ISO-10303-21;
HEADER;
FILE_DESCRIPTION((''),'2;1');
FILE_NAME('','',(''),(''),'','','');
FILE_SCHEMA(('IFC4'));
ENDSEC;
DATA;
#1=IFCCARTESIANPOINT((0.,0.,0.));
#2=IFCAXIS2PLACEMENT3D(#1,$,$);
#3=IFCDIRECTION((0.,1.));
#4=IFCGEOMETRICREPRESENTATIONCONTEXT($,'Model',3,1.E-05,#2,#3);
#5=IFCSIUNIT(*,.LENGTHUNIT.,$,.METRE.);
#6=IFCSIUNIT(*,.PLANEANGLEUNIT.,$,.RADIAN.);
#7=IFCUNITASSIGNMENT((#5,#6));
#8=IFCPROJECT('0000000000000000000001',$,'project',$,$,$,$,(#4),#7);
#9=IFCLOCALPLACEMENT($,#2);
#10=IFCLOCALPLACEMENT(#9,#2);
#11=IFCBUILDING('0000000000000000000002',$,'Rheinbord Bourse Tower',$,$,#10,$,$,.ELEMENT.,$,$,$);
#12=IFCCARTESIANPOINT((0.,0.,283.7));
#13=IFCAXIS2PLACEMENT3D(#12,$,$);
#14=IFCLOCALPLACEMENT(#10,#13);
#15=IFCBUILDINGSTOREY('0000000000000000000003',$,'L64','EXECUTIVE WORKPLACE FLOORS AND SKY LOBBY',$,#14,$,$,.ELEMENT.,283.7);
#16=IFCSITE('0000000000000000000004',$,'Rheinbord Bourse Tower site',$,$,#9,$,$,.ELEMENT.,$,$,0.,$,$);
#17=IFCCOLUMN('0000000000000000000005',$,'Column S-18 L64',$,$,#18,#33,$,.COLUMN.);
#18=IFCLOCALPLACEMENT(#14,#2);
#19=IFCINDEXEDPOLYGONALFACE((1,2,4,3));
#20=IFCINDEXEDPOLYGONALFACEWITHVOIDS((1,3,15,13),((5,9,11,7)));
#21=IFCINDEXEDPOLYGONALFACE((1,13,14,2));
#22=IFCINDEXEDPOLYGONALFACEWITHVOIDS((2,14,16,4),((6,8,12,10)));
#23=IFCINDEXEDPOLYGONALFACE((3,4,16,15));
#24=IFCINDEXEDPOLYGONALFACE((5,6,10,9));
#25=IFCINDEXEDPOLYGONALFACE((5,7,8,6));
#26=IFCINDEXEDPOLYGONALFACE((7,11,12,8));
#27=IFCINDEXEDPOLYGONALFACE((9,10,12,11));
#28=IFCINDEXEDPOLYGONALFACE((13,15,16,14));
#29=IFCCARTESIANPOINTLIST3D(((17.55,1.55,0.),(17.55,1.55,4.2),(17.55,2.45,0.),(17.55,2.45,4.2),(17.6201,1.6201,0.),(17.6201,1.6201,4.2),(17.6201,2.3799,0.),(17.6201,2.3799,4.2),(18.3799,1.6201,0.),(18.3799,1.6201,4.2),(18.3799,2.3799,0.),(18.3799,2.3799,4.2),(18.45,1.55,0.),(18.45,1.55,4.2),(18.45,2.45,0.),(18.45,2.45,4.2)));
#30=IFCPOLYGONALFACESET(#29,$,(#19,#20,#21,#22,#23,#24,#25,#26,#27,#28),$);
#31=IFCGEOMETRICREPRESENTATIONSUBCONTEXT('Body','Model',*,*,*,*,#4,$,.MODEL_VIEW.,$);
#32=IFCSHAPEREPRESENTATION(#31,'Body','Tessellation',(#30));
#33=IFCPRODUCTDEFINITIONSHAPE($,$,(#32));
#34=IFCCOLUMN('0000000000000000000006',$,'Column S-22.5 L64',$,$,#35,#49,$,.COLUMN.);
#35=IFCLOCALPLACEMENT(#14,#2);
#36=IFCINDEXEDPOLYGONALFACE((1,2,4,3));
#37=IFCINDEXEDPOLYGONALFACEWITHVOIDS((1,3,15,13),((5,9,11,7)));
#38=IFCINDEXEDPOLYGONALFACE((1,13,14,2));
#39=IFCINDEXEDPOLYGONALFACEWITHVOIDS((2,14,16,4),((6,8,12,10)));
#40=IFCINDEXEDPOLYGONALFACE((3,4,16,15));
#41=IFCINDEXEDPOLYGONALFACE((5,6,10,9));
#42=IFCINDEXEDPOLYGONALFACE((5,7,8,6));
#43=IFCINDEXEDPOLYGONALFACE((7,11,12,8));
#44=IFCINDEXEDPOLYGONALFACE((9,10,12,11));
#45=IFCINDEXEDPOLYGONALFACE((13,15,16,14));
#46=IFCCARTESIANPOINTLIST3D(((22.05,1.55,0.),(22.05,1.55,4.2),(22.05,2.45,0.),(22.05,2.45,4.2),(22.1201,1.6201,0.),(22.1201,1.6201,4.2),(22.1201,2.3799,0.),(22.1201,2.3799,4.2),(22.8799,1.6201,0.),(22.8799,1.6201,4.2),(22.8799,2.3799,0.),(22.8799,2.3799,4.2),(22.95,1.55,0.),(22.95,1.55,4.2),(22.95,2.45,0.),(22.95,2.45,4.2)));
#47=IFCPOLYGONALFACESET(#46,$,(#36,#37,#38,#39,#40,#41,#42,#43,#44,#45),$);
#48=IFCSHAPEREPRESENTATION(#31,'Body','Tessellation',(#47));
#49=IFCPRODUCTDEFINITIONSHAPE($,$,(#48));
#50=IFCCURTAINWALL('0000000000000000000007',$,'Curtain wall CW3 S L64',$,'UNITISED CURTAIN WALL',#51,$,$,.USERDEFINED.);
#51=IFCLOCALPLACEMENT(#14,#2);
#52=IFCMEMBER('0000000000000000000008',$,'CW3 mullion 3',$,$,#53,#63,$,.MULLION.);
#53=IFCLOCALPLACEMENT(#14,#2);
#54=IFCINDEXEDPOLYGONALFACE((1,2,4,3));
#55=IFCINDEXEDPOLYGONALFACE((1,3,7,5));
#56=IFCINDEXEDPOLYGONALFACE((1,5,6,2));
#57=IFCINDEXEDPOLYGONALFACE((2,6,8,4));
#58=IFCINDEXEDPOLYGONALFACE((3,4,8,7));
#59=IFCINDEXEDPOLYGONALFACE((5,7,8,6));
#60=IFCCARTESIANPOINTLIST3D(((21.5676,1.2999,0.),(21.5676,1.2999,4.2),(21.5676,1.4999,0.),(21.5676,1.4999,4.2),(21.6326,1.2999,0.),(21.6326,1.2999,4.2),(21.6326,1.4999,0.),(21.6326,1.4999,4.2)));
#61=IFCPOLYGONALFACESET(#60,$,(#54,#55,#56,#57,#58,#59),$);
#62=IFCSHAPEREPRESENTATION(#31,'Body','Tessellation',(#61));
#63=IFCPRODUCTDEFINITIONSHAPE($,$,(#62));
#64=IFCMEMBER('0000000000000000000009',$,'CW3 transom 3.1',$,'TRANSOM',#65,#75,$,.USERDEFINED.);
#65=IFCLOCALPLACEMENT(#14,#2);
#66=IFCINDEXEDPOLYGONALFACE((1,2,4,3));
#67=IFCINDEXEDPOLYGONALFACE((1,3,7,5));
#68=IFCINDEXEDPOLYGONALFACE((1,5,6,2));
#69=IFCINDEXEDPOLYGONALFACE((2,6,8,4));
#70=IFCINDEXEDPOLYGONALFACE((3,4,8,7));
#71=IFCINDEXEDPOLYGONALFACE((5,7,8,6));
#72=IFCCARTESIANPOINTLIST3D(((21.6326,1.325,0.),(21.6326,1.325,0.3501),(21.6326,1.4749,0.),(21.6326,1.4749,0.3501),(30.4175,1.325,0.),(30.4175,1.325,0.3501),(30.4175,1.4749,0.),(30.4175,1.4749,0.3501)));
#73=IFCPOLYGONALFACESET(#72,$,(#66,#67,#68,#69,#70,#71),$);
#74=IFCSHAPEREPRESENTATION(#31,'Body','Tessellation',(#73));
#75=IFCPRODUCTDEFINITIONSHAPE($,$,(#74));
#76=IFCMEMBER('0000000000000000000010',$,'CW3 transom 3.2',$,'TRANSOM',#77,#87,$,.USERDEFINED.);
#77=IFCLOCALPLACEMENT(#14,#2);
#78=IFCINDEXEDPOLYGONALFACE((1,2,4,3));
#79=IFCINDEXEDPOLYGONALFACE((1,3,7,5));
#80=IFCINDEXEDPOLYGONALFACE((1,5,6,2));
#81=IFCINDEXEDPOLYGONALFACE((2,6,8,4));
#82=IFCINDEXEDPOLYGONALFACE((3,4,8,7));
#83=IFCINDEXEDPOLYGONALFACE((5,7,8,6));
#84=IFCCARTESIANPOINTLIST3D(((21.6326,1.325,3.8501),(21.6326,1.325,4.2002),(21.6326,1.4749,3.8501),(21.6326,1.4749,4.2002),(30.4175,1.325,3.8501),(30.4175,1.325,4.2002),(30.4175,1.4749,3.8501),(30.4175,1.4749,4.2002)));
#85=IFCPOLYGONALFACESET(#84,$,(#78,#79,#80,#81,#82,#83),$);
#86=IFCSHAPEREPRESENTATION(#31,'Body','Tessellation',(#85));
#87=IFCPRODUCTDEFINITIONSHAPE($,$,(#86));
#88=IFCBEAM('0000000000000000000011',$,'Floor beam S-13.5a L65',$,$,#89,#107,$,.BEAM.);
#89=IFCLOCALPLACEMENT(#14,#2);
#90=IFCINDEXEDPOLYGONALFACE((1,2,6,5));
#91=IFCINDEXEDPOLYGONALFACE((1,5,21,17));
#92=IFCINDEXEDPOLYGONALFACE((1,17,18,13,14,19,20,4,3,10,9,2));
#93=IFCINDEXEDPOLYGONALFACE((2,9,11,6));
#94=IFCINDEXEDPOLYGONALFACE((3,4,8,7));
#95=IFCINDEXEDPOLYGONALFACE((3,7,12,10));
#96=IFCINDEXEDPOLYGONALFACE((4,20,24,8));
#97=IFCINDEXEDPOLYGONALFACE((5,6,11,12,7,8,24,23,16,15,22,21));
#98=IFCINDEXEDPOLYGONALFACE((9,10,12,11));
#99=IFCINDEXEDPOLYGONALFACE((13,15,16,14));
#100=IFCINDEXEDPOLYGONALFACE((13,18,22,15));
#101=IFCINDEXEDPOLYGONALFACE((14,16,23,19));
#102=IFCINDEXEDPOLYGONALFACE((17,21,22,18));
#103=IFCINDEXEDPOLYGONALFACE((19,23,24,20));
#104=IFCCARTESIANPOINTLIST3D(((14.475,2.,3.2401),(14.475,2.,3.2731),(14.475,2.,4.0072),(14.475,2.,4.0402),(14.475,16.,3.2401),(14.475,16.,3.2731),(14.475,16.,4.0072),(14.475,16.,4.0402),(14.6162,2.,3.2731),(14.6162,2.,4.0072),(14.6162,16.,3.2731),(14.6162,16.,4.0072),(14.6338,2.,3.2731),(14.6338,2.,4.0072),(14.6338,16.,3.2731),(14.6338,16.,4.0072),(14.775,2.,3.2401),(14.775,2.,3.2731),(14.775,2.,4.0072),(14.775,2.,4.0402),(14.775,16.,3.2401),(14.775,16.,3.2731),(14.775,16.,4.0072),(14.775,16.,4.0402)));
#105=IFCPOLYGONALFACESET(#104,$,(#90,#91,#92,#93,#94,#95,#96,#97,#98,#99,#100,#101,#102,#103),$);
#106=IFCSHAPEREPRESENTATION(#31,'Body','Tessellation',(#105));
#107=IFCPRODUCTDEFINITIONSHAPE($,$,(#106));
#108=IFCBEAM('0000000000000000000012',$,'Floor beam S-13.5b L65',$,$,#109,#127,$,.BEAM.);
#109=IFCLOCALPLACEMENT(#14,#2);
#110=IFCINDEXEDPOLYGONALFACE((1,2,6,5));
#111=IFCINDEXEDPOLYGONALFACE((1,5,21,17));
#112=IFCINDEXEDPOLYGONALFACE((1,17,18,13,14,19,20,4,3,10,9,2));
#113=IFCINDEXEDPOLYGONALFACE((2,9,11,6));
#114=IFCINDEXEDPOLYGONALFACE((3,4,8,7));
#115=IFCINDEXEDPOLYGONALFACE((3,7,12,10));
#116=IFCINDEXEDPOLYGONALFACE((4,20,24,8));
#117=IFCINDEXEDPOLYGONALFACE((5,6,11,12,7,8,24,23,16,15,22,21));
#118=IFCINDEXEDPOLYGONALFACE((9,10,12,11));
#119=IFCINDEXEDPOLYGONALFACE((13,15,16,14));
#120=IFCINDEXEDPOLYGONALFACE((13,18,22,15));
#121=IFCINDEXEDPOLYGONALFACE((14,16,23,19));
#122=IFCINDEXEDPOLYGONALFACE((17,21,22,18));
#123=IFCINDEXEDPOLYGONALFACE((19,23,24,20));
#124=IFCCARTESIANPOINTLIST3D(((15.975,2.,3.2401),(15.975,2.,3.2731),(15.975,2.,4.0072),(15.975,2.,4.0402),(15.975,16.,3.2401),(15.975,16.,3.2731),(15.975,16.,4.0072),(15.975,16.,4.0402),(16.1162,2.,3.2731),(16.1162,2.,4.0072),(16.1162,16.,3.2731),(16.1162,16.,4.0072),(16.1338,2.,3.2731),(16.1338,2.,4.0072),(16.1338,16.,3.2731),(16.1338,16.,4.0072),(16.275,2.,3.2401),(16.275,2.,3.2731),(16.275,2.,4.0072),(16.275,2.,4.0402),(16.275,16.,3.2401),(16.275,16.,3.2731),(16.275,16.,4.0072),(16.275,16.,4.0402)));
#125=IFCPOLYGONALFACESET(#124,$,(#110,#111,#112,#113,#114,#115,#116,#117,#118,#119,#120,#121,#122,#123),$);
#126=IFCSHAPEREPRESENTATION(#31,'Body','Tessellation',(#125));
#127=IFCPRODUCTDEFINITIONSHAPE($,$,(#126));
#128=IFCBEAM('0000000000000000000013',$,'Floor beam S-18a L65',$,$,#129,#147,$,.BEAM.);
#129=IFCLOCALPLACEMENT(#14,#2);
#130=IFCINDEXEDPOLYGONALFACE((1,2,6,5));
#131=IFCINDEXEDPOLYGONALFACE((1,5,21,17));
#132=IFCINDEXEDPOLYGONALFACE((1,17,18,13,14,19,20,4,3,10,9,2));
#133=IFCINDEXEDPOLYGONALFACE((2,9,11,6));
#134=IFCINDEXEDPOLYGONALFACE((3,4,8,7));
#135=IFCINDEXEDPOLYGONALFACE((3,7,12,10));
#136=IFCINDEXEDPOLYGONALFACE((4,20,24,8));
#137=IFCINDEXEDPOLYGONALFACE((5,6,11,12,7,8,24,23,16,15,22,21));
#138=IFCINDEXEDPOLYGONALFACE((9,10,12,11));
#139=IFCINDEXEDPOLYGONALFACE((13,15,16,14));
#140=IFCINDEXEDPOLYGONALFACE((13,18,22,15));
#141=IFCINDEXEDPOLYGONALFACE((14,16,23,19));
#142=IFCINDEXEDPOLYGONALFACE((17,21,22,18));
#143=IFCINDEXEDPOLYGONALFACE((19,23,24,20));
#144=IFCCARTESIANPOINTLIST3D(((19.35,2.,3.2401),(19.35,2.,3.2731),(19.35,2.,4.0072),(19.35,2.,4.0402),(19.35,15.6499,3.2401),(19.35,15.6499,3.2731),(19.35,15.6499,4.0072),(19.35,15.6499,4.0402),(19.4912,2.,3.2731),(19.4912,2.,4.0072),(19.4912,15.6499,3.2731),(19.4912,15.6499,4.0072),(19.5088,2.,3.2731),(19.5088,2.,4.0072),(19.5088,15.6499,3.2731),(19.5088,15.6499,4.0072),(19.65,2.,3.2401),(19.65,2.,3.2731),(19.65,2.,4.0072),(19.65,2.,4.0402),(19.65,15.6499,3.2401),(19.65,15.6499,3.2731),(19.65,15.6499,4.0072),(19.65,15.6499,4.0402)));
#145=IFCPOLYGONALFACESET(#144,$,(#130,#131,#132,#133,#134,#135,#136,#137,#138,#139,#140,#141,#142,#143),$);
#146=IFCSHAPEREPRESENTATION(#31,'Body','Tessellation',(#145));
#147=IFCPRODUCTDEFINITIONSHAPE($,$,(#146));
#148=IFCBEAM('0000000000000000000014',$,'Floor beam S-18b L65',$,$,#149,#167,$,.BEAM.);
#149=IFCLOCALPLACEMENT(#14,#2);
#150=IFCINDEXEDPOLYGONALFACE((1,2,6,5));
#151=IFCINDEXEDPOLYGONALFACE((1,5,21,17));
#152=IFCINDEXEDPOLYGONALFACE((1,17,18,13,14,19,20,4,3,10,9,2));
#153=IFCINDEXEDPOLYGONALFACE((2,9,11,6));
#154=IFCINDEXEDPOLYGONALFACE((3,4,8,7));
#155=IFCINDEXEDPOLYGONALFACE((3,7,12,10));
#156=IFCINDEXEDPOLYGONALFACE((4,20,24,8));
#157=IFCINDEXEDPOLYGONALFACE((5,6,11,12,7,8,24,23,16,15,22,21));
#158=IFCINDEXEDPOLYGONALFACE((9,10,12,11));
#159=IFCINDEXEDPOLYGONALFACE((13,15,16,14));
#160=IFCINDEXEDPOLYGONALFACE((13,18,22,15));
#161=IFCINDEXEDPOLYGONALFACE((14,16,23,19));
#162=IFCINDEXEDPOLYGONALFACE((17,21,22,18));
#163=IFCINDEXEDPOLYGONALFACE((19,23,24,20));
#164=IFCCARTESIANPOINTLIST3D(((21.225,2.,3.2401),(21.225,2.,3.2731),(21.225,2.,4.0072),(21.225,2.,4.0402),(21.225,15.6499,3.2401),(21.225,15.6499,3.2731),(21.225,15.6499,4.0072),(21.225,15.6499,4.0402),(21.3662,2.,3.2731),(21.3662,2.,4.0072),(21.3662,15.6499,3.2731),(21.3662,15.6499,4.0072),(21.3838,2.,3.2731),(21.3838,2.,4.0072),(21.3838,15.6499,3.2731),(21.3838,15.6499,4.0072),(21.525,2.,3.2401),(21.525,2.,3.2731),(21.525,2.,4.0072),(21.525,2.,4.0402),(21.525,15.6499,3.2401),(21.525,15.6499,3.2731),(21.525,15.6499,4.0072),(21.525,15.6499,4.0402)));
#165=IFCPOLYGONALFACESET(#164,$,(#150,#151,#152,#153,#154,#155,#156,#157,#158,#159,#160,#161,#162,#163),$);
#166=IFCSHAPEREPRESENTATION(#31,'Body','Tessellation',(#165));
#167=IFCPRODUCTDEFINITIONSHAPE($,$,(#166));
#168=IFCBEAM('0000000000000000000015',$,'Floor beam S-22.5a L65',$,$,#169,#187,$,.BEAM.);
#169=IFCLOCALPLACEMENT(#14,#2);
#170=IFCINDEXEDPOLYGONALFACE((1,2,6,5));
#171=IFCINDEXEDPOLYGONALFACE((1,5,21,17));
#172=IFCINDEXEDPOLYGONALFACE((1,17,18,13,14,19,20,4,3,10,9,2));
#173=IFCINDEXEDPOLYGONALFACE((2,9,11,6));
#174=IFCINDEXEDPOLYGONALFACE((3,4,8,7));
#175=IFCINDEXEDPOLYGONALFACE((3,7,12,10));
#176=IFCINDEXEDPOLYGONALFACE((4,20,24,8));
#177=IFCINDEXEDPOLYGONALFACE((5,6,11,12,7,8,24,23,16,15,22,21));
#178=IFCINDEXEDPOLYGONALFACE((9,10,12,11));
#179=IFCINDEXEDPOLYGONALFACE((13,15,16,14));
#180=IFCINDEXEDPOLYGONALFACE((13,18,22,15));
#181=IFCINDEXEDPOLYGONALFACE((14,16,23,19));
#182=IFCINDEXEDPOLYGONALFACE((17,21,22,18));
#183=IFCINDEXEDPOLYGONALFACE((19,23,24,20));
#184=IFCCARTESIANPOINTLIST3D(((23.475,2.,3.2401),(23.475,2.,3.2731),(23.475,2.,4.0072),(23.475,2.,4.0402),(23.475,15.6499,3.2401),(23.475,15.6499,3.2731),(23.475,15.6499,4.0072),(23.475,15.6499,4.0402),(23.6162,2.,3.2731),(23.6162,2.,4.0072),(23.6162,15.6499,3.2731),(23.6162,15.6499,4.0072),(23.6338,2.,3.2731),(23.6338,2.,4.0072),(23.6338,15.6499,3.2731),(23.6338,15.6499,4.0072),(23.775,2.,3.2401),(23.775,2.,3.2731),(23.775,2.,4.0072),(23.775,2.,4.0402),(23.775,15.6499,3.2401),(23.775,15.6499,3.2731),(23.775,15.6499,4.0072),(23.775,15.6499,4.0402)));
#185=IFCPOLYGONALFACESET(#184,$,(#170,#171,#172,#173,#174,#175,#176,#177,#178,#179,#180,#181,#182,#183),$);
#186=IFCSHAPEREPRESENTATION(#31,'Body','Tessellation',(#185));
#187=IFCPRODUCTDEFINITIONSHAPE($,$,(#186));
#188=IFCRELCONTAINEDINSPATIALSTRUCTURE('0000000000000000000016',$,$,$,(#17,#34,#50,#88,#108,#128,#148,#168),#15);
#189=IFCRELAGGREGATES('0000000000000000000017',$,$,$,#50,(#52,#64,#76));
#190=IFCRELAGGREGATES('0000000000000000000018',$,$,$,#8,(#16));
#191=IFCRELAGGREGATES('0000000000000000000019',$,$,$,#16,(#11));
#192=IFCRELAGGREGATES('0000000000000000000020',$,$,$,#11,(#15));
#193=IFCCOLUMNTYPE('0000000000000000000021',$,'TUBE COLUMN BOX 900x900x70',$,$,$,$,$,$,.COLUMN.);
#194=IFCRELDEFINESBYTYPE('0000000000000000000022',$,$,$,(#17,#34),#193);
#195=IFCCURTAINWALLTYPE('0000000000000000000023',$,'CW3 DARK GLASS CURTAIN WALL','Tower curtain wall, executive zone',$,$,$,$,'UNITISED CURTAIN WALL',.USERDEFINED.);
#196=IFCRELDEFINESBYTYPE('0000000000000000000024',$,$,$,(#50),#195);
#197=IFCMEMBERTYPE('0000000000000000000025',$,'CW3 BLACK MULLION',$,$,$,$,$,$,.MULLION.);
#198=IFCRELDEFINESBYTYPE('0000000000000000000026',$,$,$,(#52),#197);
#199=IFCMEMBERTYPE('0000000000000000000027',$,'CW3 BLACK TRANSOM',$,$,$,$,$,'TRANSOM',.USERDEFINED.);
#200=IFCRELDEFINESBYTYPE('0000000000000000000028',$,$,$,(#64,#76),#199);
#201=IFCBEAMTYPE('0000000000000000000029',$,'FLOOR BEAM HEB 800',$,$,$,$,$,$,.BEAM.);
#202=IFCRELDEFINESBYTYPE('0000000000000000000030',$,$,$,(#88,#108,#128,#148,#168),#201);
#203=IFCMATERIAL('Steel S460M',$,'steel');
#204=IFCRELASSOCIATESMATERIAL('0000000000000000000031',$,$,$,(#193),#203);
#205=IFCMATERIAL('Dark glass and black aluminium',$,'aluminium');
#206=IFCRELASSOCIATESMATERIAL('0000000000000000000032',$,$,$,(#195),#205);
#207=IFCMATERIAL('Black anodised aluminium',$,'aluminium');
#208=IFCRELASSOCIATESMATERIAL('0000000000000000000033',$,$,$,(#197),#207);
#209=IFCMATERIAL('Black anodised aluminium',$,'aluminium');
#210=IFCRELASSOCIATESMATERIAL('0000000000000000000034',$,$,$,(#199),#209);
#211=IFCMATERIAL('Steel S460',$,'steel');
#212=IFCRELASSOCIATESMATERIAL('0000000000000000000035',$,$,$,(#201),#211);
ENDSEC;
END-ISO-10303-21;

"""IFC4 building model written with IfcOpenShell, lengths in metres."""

from ifc_helpers import new_model, si_unit, direction, frame, origin, origin_2d, place, context, subcontext, project, spatial, rectangle, hollow_rectangle, i_section, extrude, material, material_profile, profile_set, type_object, element, aggregate, save


model = new_model("IFC4")

# Units and contexts
model_context = context("Model", 3, precision=1e-05, world=origin(), true_north=direction((0.0, 1.0)))
body_context = subcontext(model_context, "Body", "Model", "MODEL_VIEW")
ifc_project = project(units=[si_unit("LENGTHUNIT", "METRE"), si_unit("PLANEANGLEUNIT", "RADIAN")], contexts=[model_context])

# Site, building, storey
site_placement = place(None, origin())
site = spatial("IfcSite", under=ifc_project, at=site_placement, Name="Rheinbord Bourse Tower site", CompositionType="ELEMENT", RefElevation=0.0)
building_placement = place(site_placement, origin())
building = spatial("IfcBuilding", under=site, at=building_placement, Name="Rheinbord Bourse Tower", CompositionType="ELEMENT")
storey_placement = place(building_placement, frame((0.0, 0.0, 283.7)))
storey = spatial("IfcBuildingStorey", under=building, at=storey_placement, Name="L64", Description="EXECUTIVE WORKPLACE FLOORS AND SKY LOBBY", CompositionType="ELEMENT", Elevation=283.7)

# Columns
ifc_material_1 = material(Name="Steel S460M", Category="steel")
ifc_material_profile_1 = material_profile(ifc_material_1, hollow_rectangle(XDim=0.8999, YDim=0.8999, WallThickness=0.0701, at=origin_2d()), Name="BOX 900x900x70")
ifc_profile_set_1 = profile_set([ifc_material_profile_1], Name="Steel S460M")
column_type = type_object("IfcColumnType", Name="TUBE COLUMN BOX 900x900x70", PredefinedType="COLUMN", material=ifc_profile_set_1)
for number, where, z_axis, x_axis, name in (
    (1, (18.0, 2.0, 0.0), (0.0, 0.0, 1.0), (0.0, 1.0, 0.0), "Column S-18 L64"),
    (2, (22.5, 2.0, 0.0), (0.0, 0.0, 1.0), (0.0, 1.0, 0.0), "Column S-22.5 L64"),
):
    element("IfcColumn", number, at=place(storey_placement, frame(where, z_axis=z_axis, x_axis=x_axis)), inside=storey, type_object=column_type, Name=name, PredefinedType="COLUMN", context=body_context, shape_type="SweptSolid", body=[
        extrude(hollow_rectangle(XDim=0.8999, YDim=0.8999, WallThickness=0.0701, at=origin_2d()), origin(), (0.0, 0.0, 1.0), 4.2),
    ])

# Curtain wall, members
ifc_material_2 = material(Name="Dark glass and black aluminium", Category="aluminium")
curtain_wall_type = type_object("IfcCurtainWallType", Name="CW3 DARK GLASS CURTAIN WALL", Description="Tower curtain wall, executive zone", ElementType="UNITISED CURTAIN WALL", PredefinedType="USERDEFINED", material=ifc_material_2)
curtain_wall_placement = place(storey_placement, origin())
curtain_wall = element("IfcCurtainWall", 3, at=curtain_wall_placement, inside=storey, type_object=curtain_wall_type, Name="Curtain wall CW3 S L64", ObjectType="UNITISED CURTAIN WALL", PredefinedType="USERDEFINED")
ifc_material_3 = material(Name="Black anodised aluminium", Category="aluminium")
ifc_material_profile_2 = material_profile(ifc_material_3, rectangle(XDim=0.2, YDim=0.0649, at=origin_2d()), Name="CW3 MULLION 65x200")
ifc_profile_set_2 = profile_set([ifc_material_profile_2], Name="Black anodised aluminium")
member_type_1 = type_object("IfcMemberType", Name="CW3 BLACK MULLION", PredefinedType="MULLION", material=ifc_profile_set_2)
member_1_placement = place(storey_placement, frame((21.6001, 1.3999, 0.0), z_axis=(0.0, 0.0, 1.0), x_axis=(0.0, 1.0, 0.0)))
member_1 = element("IfcMember", 4, at=member_1_placement, type_object=member_type_1, Name="CW3 mullion 3", PredefinedType="MULLION", context=body_context, shape_type="SweptSolid", body=[
    extrude(rectangle(XDim=0.2, YDim=0.0649, at=origin_2d()), origin(), (0.0, 0.0, 1.0), 4.2),
])
ifc_material_4 = material(Name="Black anodised aluminium", Category="aluminium")
ifc_material_profile_3 = material_profile(ifc_material_4, rectangle(XDim=0.1499, YDim=0.3501, at=origin_2d()), Name="CW3 TRANSOM 350x150")
ifc_profile_set_3 = profile_set([ifc_material_profile_3], Name="Black anodised aluminium")
member_type_2 = type_object("IfcMemberType", Name="CW3 BLACK TRANSOM", ElementType="TRANSOM", PredefinedType="USERDEFINED", material=ifc_profile_set_3)
member_2_placement = place(storey_placement, frame((21.6326, 1.3999, 0.175), z_axis=(1.0, 0.0, 0.0), x_axis=(0.0, 1.0, 0.0)))
member_2 = element("IfcMember", 5, at=member_2_placement, type_object=member_type_2, Name="CW3 transom 3.1", ObjectType="TRANSOM", PredefinedType="USERDEFINED", context=body_context, shape_type="SweptSolid", body=[
    extrude(rectangle(XDim=0.1499, YDim=0.3501, at=origin_2d()), origin(), (0.0, 0.0, 1.0), 8.7849),
])
member_3_placement = place(storey_placement, frame((21.6326, 1.3999, 4.0251), z_axis=(1.0, 0.0, 0.0), x_axis=(0.0, 1.0, 0.0)))
member_3 = element("IfcMember", 6, at=member_3_placement, type_object=member_type_2, Name="CW3 transom 3.2", ObjectType="TRANSOM", PredefinedType="USERDEFINED", context=body_context, shape_type="SweptSolid", body=[
    extrude(rectangle(XDim=0.1499, YDim=0.3501, at=origin_2d()), origin(), (0.0, 0.0, 1.0), 8.7849),
])

# Beams
ifc_material_5 = material(Name="Steel S460", Category="steel")
ifc_material_profile_4 = material_profile(ifc_material_5, i_section(OverallWidth=0.3, OverallDepth=0.8, WebThickness=0.0176, FlangeThickness=0.033, at=origin_2d()), Name="HEB 800")
ifc_profile_set_4 = profile_set([ifc_material_profile_4], Name="Steel S460")
beam_type_1 = type_object("IfcBeamType", Name="FLOOR BEAM HEB 800", PredefinedType="BEAM", material=ifc_profile_set_4)
for number, where, z_axis, x_axis, name in (
    (7, (14.625, 2.0, 3.6401), (0.0, 1.0, 0.0), (-1.0, 0.0, 0.0), "Floor beam S-13.5a L65"),
    (8, (16.125, 2.0, 3.6401), (0.0, 1.0, 0.0), (-1.0, 0.0, 0.0), "Floor beam S-13.5b L65"),
):
    element("IfcBeam", number, at=place(storey_placement, frame(where, z_axis=z_axis, x_axis=x_axis)), inside=storey, type_object=beam_type_1, Name=name, PredefinedType="BEAM", context=body_context, shape_type="SweptSolid", body=[
        extrude(i_section(OverallWidth=0.3, OverallDepth=0.8, WebThickness=0.0176, FlangeThickness=0.033, at=origin_2d()), origin(), (0.0, 0.0, 1.0), 14.0),
    ])
for number, where, z_axis, x_axis, name in (
    (9, (19.5, 2.0, 3.6401), (0.0, 1.0, 0.0), (-1.0, 0.0, 0.0), "Floor beam S-18a L65"),
    (10, (21.375, 2.0, 3.6401), (0.0, 1.0, 0.0), (-1.0, 0.0, 0.0), "Floor beam S-18b L65"),
    (11, (23.625, 2.0, 3.6401), (0.0, 1.0, 0.0), (-1.0, 0.0, 0.0), "Floor beam S-22.5a L65"),
):
    element("IfcBeam", number, at=place(storey_placement, frame(where, z_axis=z_axis, x_axis=x_axis)), inside=storey, type_object=beam_type_1, Name=name, PredefinedType="BEAM", context=body_context, shape_type="SweptSolid", body=[
        extrude(i_section(OverallWidth=0.3, OverallDepth=0.8, WebThickness=0.0176, FlangeThickness=0.033, at=origin_2d()), origin(), (0.0, 0.0, 1.0), 13.6499),
    ])

aggregate(curtain_wall, [member_1, member_2, member_3])

save(model, "model.ifc")
